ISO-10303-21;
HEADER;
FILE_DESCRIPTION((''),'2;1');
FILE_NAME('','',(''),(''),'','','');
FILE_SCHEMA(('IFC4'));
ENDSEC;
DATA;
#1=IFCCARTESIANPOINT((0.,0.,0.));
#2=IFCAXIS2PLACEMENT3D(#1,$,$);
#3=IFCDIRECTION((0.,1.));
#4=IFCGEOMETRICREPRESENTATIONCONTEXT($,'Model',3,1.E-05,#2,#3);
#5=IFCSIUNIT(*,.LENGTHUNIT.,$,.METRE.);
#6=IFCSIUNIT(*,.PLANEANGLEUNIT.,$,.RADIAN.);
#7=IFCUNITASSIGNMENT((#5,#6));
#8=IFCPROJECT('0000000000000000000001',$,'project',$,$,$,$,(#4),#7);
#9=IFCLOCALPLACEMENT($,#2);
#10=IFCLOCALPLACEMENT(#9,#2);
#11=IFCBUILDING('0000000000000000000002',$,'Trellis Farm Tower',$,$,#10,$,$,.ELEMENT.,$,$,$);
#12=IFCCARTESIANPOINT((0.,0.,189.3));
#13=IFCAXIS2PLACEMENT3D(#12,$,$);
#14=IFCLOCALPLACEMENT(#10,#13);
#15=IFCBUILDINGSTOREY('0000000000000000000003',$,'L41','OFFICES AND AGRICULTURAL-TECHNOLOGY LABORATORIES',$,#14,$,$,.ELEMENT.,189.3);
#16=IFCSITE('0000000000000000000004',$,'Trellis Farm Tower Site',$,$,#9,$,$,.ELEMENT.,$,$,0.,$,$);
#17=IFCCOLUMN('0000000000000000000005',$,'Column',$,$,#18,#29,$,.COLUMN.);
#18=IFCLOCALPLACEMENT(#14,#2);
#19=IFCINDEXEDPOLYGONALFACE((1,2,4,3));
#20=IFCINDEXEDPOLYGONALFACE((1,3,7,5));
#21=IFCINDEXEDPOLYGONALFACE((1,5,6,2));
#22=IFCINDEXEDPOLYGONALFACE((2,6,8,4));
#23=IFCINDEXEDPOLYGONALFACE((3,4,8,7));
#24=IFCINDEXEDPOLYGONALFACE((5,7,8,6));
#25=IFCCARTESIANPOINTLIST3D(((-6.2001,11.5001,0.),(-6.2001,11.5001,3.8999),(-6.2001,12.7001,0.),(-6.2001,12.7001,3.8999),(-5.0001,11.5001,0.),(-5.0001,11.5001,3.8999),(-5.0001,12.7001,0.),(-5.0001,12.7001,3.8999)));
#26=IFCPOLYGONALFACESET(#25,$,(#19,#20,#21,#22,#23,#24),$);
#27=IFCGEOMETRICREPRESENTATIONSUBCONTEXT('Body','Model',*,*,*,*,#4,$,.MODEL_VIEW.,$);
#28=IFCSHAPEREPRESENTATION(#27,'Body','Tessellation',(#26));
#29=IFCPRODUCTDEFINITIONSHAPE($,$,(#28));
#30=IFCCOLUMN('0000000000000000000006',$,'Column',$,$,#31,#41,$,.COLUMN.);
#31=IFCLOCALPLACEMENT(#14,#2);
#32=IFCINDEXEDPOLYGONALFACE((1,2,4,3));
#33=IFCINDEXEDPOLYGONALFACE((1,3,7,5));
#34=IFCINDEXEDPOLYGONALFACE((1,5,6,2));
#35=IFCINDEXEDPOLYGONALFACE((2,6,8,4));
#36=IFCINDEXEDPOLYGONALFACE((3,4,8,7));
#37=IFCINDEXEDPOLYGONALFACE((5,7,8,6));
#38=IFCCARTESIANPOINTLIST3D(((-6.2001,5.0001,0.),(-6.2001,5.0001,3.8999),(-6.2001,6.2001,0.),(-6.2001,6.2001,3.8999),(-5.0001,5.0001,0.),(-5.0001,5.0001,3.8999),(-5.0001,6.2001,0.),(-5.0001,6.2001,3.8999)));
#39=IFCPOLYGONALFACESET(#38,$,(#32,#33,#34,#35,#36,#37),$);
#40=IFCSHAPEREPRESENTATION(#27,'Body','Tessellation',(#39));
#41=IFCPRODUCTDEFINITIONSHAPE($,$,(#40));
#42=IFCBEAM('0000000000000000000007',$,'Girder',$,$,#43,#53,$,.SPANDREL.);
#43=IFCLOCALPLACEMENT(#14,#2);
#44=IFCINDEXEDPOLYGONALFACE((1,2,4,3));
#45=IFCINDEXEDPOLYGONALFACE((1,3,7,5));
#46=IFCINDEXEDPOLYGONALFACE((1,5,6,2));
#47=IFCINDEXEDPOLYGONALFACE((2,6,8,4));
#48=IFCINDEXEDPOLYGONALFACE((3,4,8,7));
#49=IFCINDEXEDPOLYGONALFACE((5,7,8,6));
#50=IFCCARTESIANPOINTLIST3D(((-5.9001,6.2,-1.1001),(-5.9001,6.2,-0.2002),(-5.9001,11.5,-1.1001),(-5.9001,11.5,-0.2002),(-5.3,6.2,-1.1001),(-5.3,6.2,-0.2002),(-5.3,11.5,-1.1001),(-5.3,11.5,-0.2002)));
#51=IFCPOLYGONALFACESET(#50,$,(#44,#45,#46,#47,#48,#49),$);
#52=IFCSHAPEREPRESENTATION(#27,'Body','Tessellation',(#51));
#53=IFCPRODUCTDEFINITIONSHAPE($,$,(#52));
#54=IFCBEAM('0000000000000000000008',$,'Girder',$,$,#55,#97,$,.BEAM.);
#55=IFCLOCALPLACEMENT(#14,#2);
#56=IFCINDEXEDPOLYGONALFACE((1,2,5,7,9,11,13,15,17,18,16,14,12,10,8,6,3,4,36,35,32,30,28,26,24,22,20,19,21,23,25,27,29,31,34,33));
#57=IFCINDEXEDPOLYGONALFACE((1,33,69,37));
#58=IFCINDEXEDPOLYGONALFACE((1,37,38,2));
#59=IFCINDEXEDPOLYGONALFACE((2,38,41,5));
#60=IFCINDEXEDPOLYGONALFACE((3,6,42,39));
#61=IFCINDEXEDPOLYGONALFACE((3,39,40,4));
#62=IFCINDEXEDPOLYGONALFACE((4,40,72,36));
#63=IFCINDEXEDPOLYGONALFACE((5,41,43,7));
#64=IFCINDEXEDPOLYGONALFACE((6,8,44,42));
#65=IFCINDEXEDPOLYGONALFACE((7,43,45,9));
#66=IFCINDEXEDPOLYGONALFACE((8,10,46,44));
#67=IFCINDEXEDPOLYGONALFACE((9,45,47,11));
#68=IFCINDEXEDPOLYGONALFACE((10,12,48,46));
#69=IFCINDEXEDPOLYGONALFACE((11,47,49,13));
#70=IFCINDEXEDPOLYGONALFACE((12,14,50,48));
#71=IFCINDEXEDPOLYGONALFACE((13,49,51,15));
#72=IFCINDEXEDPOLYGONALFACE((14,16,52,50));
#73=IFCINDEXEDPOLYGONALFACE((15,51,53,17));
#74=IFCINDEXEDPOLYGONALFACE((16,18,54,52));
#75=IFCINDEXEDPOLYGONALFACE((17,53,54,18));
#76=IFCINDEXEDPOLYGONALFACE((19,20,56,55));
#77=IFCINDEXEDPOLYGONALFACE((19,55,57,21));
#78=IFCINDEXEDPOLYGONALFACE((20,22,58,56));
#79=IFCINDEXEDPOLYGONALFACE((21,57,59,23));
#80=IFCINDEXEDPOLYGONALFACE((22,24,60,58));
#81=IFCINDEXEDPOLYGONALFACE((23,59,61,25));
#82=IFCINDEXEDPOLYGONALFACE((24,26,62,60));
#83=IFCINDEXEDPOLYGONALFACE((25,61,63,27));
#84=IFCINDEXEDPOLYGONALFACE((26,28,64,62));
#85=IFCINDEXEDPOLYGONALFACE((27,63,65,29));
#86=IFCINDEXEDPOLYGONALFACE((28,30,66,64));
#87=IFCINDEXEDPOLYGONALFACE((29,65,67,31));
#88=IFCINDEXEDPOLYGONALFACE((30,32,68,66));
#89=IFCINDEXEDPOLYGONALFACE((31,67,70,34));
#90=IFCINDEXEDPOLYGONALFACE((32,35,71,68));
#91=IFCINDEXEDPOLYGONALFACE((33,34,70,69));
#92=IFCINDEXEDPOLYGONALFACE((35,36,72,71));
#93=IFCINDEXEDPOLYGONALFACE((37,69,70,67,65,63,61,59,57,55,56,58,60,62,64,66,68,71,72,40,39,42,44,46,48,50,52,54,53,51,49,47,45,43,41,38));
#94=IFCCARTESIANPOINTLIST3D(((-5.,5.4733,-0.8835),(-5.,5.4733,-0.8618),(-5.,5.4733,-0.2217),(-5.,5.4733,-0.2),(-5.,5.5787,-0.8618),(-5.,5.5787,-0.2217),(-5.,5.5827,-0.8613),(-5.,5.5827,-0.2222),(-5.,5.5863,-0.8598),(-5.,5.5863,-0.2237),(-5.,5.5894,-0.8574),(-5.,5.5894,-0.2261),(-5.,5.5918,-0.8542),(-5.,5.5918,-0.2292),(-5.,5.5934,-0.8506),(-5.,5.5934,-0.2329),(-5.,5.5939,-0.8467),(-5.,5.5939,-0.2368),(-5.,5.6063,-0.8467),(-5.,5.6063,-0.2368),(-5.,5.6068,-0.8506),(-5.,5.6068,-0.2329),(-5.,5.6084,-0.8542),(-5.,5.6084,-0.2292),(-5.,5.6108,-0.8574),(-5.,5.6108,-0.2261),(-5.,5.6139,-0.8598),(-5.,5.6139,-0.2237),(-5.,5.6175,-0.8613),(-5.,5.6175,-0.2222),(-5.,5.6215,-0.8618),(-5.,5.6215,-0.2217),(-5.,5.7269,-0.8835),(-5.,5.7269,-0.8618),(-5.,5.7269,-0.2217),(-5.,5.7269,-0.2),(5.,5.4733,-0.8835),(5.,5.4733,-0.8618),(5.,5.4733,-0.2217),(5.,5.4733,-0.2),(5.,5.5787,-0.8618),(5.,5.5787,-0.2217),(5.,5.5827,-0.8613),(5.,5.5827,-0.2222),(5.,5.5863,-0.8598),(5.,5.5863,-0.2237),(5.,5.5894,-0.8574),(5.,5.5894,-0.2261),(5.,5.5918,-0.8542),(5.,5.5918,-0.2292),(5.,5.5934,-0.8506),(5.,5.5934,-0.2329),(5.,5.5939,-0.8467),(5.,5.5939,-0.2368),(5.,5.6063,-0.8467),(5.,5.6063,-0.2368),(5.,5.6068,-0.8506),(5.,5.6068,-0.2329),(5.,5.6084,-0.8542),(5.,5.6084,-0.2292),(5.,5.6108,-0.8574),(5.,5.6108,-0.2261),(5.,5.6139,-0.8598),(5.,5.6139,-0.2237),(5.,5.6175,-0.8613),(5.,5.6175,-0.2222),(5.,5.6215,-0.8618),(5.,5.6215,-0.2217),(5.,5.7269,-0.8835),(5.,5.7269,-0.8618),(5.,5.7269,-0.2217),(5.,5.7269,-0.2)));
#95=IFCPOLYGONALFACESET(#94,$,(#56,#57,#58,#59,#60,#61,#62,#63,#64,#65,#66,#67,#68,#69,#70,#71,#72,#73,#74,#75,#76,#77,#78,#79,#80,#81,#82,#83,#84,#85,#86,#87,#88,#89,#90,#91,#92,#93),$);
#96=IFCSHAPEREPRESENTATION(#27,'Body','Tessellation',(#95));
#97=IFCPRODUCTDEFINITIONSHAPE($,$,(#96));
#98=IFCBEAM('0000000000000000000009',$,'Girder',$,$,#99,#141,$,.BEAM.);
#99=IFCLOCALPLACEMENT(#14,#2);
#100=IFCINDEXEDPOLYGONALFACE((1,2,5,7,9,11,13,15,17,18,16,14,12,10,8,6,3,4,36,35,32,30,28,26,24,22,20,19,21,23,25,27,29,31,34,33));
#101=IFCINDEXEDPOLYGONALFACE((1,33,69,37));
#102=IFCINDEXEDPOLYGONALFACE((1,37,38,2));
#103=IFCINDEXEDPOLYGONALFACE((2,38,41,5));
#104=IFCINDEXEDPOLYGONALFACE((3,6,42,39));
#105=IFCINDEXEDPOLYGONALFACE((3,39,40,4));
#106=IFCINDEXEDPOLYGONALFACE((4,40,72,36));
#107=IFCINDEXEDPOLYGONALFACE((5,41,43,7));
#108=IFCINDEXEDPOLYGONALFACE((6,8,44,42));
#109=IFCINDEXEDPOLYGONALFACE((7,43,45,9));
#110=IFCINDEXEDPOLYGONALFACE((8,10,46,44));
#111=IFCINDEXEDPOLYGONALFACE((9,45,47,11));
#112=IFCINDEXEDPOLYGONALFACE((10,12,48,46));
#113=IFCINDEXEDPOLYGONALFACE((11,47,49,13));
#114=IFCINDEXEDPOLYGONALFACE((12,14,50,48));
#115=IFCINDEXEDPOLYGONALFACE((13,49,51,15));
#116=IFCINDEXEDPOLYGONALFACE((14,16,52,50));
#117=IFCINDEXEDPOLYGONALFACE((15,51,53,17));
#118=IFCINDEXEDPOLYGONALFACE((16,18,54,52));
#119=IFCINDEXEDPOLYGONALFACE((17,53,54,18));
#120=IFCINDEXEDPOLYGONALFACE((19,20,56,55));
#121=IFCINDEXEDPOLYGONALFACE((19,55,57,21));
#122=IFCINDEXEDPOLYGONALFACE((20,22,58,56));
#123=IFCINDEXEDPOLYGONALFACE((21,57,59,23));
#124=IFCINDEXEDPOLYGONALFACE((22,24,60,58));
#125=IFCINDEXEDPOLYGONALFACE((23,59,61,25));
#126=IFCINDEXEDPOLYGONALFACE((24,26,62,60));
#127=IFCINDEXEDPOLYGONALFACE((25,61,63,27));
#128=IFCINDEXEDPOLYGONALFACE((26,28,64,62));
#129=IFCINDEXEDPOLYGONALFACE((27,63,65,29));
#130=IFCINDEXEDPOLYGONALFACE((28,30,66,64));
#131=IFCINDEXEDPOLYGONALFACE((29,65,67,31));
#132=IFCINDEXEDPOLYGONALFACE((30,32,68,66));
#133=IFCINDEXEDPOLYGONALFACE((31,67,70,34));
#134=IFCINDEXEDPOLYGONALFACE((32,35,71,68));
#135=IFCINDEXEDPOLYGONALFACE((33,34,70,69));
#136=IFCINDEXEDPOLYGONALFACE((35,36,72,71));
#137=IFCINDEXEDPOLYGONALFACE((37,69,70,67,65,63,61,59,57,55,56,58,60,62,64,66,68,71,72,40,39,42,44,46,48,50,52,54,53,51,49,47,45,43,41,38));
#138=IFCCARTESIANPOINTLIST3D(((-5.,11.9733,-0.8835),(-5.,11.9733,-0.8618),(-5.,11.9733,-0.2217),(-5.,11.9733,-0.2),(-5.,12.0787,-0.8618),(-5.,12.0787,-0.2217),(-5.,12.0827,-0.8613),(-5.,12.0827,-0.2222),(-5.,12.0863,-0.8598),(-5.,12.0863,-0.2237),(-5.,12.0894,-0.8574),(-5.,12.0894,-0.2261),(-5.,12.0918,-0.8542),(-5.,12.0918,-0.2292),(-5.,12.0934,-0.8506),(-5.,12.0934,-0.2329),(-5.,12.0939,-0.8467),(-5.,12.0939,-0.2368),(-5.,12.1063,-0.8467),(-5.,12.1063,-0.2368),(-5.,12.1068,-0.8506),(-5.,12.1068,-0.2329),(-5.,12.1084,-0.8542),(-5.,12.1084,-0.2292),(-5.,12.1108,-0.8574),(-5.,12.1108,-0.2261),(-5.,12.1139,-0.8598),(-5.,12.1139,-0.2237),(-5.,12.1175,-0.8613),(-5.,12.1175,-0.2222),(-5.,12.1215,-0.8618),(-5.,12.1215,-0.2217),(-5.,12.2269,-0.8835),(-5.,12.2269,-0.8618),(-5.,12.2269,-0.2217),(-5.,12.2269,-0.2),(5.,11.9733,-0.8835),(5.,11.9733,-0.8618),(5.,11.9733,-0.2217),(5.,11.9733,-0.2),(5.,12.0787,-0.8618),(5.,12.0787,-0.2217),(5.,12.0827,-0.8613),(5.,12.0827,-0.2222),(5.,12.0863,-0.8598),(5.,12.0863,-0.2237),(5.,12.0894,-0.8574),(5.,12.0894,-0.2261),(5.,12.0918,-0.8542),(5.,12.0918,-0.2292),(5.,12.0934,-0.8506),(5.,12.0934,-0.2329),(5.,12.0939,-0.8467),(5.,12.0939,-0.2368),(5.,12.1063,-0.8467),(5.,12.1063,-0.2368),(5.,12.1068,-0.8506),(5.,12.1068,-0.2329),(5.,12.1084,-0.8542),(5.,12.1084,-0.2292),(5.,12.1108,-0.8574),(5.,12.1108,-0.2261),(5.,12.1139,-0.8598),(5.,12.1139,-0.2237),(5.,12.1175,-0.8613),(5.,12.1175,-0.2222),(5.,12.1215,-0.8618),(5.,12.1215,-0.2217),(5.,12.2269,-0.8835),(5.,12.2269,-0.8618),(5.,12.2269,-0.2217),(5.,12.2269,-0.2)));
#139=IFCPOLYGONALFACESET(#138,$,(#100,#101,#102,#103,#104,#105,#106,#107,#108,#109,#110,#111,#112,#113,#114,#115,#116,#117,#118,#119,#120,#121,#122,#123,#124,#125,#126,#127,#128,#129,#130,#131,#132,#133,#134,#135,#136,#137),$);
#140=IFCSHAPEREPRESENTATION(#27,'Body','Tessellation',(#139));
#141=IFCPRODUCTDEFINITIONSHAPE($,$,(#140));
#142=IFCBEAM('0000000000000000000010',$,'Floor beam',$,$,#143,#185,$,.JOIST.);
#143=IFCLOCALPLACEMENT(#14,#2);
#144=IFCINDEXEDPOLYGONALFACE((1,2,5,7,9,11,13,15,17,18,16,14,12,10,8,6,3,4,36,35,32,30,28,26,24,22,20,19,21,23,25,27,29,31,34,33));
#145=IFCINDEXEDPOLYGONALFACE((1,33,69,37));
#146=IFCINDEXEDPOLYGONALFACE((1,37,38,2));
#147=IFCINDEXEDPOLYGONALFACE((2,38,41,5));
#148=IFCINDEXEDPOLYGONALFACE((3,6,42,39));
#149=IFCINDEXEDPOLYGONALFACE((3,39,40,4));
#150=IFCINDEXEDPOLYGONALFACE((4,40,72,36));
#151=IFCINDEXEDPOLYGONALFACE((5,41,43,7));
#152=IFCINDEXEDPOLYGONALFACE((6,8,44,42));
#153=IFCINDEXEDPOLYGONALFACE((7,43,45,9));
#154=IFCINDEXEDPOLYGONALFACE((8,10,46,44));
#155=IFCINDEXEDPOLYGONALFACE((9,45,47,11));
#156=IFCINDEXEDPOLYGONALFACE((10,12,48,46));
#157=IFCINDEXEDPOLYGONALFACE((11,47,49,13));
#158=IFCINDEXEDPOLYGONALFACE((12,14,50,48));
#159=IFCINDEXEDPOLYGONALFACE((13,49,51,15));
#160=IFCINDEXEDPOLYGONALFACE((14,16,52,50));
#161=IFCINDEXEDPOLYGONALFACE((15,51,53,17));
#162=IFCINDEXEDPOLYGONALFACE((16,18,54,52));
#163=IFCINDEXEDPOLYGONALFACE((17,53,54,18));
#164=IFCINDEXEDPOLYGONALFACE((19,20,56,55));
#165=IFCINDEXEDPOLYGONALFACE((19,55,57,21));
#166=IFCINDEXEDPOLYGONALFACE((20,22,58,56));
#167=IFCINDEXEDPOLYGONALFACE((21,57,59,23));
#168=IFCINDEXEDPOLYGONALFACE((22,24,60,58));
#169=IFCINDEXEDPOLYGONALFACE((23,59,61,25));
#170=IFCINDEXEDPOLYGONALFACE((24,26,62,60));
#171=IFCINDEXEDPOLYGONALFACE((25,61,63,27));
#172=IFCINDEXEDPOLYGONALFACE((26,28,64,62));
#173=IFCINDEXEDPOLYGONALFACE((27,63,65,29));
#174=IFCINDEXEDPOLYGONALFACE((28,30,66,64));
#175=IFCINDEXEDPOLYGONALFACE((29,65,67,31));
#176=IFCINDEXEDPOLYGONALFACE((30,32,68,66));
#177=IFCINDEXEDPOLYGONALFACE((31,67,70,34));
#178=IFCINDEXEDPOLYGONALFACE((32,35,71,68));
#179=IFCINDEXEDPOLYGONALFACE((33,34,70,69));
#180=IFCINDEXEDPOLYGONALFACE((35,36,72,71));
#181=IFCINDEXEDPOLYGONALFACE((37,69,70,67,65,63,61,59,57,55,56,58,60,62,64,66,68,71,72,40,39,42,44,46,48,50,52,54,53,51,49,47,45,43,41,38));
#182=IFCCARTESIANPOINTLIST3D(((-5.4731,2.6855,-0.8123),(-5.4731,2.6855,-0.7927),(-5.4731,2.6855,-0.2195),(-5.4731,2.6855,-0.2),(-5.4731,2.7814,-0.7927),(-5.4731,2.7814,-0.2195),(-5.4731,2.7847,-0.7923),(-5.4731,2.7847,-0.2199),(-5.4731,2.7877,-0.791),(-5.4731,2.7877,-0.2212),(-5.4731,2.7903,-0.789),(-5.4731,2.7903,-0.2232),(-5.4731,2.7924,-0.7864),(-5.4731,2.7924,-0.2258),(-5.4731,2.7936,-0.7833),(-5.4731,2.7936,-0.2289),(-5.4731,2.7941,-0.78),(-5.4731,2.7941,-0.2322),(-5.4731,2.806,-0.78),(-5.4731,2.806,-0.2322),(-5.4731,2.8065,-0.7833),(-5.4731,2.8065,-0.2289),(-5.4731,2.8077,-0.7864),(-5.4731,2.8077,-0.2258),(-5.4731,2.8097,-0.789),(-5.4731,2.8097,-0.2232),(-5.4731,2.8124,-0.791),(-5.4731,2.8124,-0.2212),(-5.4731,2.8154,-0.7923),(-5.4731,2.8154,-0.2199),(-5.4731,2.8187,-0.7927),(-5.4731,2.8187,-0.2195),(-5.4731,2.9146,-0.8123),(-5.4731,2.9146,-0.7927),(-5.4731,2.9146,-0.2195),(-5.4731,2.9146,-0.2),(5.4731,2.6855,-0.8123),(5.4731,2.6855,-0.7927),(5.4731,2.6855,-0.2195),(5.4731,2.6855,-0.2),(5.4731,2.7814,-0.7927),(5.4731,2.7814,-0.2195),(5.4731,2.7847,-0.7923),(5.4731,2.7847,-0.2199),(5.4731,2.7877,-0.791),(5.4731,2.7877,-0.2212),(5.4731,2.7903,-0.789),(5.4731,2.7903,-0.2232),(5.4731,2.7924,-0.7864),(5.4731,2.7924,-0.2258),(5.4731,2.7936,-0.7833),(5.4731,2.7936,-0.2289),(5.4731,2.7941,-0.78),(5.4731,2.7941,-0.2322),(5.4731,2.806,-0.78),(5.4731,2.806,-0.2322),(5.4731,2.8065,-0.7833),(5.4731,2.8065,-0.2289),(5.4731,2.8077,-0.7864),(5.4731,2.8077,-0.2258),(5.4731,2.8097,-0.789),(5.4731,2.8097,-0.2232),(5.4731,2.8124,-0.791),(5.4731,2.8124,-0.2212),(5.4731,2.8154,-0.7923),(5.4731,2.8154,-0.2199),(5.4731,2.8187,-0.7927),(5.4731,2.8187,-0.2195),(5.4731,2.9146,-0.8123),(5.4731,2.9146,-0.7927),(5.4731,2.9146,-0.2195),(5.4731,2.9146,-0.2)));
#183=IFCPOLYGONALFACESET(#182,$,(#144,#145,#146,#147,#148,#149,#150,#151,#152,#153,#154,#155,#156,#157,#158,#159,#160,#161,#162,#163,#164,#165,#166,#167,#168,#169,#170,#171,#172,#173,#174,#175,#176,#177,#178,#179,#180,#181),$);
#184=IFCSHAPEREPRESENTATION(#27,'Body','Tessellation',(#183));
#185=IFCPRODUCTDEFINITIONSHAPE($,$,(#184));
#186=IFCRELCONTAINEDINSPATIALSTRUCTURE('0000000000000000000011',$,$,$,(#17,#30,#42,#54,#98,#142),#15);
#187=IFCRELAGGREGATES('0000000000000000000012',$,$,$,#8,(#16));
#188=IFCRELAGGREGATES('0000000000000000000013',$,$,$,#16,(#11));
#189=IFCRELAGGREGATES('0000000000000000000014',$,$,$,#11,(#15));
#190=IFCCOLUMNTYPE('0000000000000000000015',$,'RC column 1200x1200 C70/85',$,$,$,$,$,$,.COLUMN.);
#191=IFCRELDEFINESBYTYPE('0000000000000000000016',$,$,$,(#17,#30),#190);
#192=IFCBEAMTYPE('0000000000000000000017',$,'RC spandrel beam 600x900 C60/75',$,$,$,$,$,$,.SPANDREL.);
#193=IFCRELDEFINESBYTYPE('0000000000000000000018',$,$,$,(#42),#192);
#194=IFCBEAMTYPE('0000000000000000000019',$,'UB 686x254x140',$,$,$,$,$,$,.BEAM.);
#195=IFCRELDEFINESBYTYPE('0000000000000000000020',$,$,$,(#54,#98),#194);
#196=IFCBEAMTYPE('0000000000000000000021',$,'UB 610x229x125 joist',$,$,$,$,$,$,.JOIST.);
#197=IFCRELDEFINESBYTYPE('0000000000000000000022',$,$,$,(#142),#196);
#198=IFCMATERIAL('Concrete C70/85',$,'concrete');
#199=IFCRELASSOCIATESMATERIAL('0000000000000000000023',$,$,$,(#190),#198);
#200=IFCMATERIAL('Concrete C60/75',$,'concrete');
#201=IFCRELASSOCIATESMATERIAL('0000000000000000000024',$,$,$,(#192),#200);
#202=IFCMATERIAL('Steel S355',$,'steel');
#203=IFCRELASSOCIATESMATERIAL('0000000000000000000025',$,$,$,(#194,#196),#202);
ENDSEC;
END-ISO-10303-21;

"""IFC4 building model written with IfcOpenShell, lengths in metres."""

from ifc_helpers import new_model, si_unit, direction, frame, origin, origin_2d, place, context, subcontext, project, spatial, rectangle, i_section, extrude, source, transform, mapped, material, material_profile, profile_set, type_object, element, save


model = new_model("IFC4")

# Units and contexts
model_context = context("Model", 3, precision=1e-05, world=origin(), true_north=direction((0.0, 1.0)))
body_context = subcontext(model_context, "Body", "Model", "MODEL_VIEW")
ifc_project = project(units=[si_unit("LENGTHUNIT", "METRE"), si_unit("PLANEANGLEUNIT", "RADIAN")], contexts=[model_context])

# Site, building, storey
site_placement = place(None, origin())
site = spatial("IfcSite", under=ifc_project, at=site_placement, Name="Trellis Farm Tower Site", CompositionType="ELEMENT", RefElevation=0.0)
building_placement = place(site_placement, origin())
building = spatial("IfcBuilding", under=site, at=building_placement, Name="Trellis Farm Tower", CompositionType="ELEMENT")
storey_placement = place(building_placement, frame((0.0, 0.0, 189.3)))
storey = spatial("IfcBuildingStorey", under=building, at=storey_placement, Name="L41", Description="OFFICES AND AGRICULTURAL-TECHNOLOGY LABORATORIES", CompositionType="ELEMENT", Elevation=189.3)

# Columns
ifc_material_1 = material(Name="Concrete C70/85", Category="concrete")
ifc_material_profile_1 = material_profile(ifc_material_1, rectangle(XDim=1.2, YDim=1.2, at=origin_2d()), Name="RC column 1200x1200 C70/85")
ifc_profile_set_1 = profile_set([ifc_material_profile_1], Name="Concrete C70/85")
column_type = type_object("IfcColumnType", Name="RC column 1200x1200 C70/85", PredefinedType="COLUMN", material=ifc_profile_set_1)
shared_shape_1 = source(origin(), body_context, "Body", "SweptSolid", [
    extrude(rectangle(XDim=1.2, YDim=1.2, at=origin_2d()), origin(), (0.0, 0.0, 1.0), 3.8999),
])
for number, where, z_axis, x_axis, name in (
    (1, (-5.6001, 12.1001, 0.0), (0.0, 0.0, 1.0), (1.0, 0.0, 0.0), "Column"),
    (2, (-5.6001, 5.6001, 0.0), (0.0, 0.0, 1.0), (1.0, 0.0, 0.0), "Column"),
):
    element("IfcColumn", number, at=place(storey_placement, frame(where, z_axis=z_axis, x_axis=x_axis)), inside=storey, type_object=column_type, Name=name, PredefinedType="COLUMN", context=body_context, shape_type="MappedRepresentation", body=[
        mapped(shared_shape_1, transform((0.0, 0.0, 0.0))),
    ])

# Beams
ifc_material_2 = material(Name="Concrete C60/75", Category="concrete")
ifc_material_profile_2 = material_profile(ifc_material_2, rectangle(XDim=0.6001, YDim=0.8999, at=origin_2d()), Name="RC spandrel beam 600x900 C60/75")
ifc_profile_set_2 = profile_set([ifc_material_profile_2], Name="Concrete C60/75")
beam_type_1 = type_object("IfcBeamType", Name="RC spandrel beam 600x900 C60/75", PredefinedType="SPANDREL", material=ifc_profile_set_2)
shared_shape_2 = source(origin(), body_context, "Body", "SweptSolid", [
    extrude(rectangle(XDim=0.6001, YDim=0.8999, at=origin_2d()), origin(), (0.0, 0.0, 1.0), 5.3),
])
beam_1_placement = place(storey_placement, frame((-5.6001, 6.2, -0.6501), z_axis=(0.0, 1.0, 0.0), x_axis=(-1.0, 0.0, 0.0)))
element("IfcBeam", 3, at=beam_1_placement, inside=storey, type_object=beam_type_1, Name="Girder", PredefinedType="SPANDREL", context=body_context, shape_type="MappedRepresentation", body=[
    mapped(shared_shape_2, transform((0.0, 0.0, 0.0))),
])
ifc_material_3 = material(Name="Steel S355", Category="steel")
ifc_material_profile_3 = material_profile(ifc_material_3, i_section(OverallWidth=0.2537, OverallDepth=0.6836, WebThickness=0.0125, FlangeThickness=0.0217, FilletRadius=0.0151, at=origin_2d()), Name="UB 686x254x140")
ifc_profile_set_3 = profile_set([ifc_material_profile_3], Name="Steel S355")
beam_type_2 = type_object("IfcBeamType", Name="UB 686x254x140", PredefinedType="BEAM", material=ifc_profile_set_3)
shared_shape_3 = source(origin(), body_context, "Body", "SweptSolid", [
    extrude(i_section(OverallWidth=0.2537, OverallDepth=0.6836, WebThickness=0.0125, FlangeThickness=0.0217, FilletRadius=0.0151, at=origin_2d()), origin(), (0.0, 0.0, 1.0), 10.0),
])
for number, where, z_axis, x_axis, name in (
    (4, (-5.0, 5.6001, -0.5417), (1.0, 0.0, 0.0), (0.0, 1.0, 0.0), "Girder"),
    (5, (-5.0, 12.1001, -0.5417), (1.0, 0.0, 0.0), (0.0, 1.0, 0.0), "Girder"),
):
    element("IfcBeam", number, at=place(storey_placement, frame(where, z_axis=z_axis, x_axis=x_axis)), inside=storey, type_object=beam_type_2, Name=name, PredefinedType="BEAM", context=body_context, shape_type="MappedRepresentation", body=[
        mapped(shared_shape_3, transform((0.0, 0.0, 0.0))),
    ])
ifc_material_profile_4 = material_profile(ifc_material_3, i_section(OverallWidth=0.229, OverallDepth=0.6123, WebThickness=0.012, FlangeThickness=0.0195, FilletRadius=0.0127, at=origin_2d()), Name="UB 610x229x125")
ifc_profile_set_4 = profile_set([ifc_material_profile_4], Name="Steel S355")
beam_type_3 = type_object("IfcBeamType", Name="UB 610x229x125 joist", PredefinedType="JOIST", material=ifc_profile_set_4)
shared_shape_4 = source(origin(), body_context, "Body", "SweptSolid", [
    extrude(i_section(OverallWidth=0.229, OverallDepth=0.6123, WebThickness=0.012, FlangeThickness=0.0195, FilletRadius=0.0127, at=origin_2d()), origin(), (0.0, 0.0, 1.0), 10.9463),
])
beam_2_placement = place(storey_placement, frame((-5.4731, 2.8, -0.5061), z_axis=(1.0, 0.0, 0.0), x_axis=(0.0, 1.0, 0.0)))
element("IfcBeam", 6, at=beam_2_placement, inside=storey, type_object=beam_type_3, Name="Floor beam", PredefinedType="JOIST", context=body_context, shape_type="MappedRepresentation", body=[
    mapped(shared_shape_4, transform((0.0, 0.0, 0.0))),
])

save(model, "model.ifc")
